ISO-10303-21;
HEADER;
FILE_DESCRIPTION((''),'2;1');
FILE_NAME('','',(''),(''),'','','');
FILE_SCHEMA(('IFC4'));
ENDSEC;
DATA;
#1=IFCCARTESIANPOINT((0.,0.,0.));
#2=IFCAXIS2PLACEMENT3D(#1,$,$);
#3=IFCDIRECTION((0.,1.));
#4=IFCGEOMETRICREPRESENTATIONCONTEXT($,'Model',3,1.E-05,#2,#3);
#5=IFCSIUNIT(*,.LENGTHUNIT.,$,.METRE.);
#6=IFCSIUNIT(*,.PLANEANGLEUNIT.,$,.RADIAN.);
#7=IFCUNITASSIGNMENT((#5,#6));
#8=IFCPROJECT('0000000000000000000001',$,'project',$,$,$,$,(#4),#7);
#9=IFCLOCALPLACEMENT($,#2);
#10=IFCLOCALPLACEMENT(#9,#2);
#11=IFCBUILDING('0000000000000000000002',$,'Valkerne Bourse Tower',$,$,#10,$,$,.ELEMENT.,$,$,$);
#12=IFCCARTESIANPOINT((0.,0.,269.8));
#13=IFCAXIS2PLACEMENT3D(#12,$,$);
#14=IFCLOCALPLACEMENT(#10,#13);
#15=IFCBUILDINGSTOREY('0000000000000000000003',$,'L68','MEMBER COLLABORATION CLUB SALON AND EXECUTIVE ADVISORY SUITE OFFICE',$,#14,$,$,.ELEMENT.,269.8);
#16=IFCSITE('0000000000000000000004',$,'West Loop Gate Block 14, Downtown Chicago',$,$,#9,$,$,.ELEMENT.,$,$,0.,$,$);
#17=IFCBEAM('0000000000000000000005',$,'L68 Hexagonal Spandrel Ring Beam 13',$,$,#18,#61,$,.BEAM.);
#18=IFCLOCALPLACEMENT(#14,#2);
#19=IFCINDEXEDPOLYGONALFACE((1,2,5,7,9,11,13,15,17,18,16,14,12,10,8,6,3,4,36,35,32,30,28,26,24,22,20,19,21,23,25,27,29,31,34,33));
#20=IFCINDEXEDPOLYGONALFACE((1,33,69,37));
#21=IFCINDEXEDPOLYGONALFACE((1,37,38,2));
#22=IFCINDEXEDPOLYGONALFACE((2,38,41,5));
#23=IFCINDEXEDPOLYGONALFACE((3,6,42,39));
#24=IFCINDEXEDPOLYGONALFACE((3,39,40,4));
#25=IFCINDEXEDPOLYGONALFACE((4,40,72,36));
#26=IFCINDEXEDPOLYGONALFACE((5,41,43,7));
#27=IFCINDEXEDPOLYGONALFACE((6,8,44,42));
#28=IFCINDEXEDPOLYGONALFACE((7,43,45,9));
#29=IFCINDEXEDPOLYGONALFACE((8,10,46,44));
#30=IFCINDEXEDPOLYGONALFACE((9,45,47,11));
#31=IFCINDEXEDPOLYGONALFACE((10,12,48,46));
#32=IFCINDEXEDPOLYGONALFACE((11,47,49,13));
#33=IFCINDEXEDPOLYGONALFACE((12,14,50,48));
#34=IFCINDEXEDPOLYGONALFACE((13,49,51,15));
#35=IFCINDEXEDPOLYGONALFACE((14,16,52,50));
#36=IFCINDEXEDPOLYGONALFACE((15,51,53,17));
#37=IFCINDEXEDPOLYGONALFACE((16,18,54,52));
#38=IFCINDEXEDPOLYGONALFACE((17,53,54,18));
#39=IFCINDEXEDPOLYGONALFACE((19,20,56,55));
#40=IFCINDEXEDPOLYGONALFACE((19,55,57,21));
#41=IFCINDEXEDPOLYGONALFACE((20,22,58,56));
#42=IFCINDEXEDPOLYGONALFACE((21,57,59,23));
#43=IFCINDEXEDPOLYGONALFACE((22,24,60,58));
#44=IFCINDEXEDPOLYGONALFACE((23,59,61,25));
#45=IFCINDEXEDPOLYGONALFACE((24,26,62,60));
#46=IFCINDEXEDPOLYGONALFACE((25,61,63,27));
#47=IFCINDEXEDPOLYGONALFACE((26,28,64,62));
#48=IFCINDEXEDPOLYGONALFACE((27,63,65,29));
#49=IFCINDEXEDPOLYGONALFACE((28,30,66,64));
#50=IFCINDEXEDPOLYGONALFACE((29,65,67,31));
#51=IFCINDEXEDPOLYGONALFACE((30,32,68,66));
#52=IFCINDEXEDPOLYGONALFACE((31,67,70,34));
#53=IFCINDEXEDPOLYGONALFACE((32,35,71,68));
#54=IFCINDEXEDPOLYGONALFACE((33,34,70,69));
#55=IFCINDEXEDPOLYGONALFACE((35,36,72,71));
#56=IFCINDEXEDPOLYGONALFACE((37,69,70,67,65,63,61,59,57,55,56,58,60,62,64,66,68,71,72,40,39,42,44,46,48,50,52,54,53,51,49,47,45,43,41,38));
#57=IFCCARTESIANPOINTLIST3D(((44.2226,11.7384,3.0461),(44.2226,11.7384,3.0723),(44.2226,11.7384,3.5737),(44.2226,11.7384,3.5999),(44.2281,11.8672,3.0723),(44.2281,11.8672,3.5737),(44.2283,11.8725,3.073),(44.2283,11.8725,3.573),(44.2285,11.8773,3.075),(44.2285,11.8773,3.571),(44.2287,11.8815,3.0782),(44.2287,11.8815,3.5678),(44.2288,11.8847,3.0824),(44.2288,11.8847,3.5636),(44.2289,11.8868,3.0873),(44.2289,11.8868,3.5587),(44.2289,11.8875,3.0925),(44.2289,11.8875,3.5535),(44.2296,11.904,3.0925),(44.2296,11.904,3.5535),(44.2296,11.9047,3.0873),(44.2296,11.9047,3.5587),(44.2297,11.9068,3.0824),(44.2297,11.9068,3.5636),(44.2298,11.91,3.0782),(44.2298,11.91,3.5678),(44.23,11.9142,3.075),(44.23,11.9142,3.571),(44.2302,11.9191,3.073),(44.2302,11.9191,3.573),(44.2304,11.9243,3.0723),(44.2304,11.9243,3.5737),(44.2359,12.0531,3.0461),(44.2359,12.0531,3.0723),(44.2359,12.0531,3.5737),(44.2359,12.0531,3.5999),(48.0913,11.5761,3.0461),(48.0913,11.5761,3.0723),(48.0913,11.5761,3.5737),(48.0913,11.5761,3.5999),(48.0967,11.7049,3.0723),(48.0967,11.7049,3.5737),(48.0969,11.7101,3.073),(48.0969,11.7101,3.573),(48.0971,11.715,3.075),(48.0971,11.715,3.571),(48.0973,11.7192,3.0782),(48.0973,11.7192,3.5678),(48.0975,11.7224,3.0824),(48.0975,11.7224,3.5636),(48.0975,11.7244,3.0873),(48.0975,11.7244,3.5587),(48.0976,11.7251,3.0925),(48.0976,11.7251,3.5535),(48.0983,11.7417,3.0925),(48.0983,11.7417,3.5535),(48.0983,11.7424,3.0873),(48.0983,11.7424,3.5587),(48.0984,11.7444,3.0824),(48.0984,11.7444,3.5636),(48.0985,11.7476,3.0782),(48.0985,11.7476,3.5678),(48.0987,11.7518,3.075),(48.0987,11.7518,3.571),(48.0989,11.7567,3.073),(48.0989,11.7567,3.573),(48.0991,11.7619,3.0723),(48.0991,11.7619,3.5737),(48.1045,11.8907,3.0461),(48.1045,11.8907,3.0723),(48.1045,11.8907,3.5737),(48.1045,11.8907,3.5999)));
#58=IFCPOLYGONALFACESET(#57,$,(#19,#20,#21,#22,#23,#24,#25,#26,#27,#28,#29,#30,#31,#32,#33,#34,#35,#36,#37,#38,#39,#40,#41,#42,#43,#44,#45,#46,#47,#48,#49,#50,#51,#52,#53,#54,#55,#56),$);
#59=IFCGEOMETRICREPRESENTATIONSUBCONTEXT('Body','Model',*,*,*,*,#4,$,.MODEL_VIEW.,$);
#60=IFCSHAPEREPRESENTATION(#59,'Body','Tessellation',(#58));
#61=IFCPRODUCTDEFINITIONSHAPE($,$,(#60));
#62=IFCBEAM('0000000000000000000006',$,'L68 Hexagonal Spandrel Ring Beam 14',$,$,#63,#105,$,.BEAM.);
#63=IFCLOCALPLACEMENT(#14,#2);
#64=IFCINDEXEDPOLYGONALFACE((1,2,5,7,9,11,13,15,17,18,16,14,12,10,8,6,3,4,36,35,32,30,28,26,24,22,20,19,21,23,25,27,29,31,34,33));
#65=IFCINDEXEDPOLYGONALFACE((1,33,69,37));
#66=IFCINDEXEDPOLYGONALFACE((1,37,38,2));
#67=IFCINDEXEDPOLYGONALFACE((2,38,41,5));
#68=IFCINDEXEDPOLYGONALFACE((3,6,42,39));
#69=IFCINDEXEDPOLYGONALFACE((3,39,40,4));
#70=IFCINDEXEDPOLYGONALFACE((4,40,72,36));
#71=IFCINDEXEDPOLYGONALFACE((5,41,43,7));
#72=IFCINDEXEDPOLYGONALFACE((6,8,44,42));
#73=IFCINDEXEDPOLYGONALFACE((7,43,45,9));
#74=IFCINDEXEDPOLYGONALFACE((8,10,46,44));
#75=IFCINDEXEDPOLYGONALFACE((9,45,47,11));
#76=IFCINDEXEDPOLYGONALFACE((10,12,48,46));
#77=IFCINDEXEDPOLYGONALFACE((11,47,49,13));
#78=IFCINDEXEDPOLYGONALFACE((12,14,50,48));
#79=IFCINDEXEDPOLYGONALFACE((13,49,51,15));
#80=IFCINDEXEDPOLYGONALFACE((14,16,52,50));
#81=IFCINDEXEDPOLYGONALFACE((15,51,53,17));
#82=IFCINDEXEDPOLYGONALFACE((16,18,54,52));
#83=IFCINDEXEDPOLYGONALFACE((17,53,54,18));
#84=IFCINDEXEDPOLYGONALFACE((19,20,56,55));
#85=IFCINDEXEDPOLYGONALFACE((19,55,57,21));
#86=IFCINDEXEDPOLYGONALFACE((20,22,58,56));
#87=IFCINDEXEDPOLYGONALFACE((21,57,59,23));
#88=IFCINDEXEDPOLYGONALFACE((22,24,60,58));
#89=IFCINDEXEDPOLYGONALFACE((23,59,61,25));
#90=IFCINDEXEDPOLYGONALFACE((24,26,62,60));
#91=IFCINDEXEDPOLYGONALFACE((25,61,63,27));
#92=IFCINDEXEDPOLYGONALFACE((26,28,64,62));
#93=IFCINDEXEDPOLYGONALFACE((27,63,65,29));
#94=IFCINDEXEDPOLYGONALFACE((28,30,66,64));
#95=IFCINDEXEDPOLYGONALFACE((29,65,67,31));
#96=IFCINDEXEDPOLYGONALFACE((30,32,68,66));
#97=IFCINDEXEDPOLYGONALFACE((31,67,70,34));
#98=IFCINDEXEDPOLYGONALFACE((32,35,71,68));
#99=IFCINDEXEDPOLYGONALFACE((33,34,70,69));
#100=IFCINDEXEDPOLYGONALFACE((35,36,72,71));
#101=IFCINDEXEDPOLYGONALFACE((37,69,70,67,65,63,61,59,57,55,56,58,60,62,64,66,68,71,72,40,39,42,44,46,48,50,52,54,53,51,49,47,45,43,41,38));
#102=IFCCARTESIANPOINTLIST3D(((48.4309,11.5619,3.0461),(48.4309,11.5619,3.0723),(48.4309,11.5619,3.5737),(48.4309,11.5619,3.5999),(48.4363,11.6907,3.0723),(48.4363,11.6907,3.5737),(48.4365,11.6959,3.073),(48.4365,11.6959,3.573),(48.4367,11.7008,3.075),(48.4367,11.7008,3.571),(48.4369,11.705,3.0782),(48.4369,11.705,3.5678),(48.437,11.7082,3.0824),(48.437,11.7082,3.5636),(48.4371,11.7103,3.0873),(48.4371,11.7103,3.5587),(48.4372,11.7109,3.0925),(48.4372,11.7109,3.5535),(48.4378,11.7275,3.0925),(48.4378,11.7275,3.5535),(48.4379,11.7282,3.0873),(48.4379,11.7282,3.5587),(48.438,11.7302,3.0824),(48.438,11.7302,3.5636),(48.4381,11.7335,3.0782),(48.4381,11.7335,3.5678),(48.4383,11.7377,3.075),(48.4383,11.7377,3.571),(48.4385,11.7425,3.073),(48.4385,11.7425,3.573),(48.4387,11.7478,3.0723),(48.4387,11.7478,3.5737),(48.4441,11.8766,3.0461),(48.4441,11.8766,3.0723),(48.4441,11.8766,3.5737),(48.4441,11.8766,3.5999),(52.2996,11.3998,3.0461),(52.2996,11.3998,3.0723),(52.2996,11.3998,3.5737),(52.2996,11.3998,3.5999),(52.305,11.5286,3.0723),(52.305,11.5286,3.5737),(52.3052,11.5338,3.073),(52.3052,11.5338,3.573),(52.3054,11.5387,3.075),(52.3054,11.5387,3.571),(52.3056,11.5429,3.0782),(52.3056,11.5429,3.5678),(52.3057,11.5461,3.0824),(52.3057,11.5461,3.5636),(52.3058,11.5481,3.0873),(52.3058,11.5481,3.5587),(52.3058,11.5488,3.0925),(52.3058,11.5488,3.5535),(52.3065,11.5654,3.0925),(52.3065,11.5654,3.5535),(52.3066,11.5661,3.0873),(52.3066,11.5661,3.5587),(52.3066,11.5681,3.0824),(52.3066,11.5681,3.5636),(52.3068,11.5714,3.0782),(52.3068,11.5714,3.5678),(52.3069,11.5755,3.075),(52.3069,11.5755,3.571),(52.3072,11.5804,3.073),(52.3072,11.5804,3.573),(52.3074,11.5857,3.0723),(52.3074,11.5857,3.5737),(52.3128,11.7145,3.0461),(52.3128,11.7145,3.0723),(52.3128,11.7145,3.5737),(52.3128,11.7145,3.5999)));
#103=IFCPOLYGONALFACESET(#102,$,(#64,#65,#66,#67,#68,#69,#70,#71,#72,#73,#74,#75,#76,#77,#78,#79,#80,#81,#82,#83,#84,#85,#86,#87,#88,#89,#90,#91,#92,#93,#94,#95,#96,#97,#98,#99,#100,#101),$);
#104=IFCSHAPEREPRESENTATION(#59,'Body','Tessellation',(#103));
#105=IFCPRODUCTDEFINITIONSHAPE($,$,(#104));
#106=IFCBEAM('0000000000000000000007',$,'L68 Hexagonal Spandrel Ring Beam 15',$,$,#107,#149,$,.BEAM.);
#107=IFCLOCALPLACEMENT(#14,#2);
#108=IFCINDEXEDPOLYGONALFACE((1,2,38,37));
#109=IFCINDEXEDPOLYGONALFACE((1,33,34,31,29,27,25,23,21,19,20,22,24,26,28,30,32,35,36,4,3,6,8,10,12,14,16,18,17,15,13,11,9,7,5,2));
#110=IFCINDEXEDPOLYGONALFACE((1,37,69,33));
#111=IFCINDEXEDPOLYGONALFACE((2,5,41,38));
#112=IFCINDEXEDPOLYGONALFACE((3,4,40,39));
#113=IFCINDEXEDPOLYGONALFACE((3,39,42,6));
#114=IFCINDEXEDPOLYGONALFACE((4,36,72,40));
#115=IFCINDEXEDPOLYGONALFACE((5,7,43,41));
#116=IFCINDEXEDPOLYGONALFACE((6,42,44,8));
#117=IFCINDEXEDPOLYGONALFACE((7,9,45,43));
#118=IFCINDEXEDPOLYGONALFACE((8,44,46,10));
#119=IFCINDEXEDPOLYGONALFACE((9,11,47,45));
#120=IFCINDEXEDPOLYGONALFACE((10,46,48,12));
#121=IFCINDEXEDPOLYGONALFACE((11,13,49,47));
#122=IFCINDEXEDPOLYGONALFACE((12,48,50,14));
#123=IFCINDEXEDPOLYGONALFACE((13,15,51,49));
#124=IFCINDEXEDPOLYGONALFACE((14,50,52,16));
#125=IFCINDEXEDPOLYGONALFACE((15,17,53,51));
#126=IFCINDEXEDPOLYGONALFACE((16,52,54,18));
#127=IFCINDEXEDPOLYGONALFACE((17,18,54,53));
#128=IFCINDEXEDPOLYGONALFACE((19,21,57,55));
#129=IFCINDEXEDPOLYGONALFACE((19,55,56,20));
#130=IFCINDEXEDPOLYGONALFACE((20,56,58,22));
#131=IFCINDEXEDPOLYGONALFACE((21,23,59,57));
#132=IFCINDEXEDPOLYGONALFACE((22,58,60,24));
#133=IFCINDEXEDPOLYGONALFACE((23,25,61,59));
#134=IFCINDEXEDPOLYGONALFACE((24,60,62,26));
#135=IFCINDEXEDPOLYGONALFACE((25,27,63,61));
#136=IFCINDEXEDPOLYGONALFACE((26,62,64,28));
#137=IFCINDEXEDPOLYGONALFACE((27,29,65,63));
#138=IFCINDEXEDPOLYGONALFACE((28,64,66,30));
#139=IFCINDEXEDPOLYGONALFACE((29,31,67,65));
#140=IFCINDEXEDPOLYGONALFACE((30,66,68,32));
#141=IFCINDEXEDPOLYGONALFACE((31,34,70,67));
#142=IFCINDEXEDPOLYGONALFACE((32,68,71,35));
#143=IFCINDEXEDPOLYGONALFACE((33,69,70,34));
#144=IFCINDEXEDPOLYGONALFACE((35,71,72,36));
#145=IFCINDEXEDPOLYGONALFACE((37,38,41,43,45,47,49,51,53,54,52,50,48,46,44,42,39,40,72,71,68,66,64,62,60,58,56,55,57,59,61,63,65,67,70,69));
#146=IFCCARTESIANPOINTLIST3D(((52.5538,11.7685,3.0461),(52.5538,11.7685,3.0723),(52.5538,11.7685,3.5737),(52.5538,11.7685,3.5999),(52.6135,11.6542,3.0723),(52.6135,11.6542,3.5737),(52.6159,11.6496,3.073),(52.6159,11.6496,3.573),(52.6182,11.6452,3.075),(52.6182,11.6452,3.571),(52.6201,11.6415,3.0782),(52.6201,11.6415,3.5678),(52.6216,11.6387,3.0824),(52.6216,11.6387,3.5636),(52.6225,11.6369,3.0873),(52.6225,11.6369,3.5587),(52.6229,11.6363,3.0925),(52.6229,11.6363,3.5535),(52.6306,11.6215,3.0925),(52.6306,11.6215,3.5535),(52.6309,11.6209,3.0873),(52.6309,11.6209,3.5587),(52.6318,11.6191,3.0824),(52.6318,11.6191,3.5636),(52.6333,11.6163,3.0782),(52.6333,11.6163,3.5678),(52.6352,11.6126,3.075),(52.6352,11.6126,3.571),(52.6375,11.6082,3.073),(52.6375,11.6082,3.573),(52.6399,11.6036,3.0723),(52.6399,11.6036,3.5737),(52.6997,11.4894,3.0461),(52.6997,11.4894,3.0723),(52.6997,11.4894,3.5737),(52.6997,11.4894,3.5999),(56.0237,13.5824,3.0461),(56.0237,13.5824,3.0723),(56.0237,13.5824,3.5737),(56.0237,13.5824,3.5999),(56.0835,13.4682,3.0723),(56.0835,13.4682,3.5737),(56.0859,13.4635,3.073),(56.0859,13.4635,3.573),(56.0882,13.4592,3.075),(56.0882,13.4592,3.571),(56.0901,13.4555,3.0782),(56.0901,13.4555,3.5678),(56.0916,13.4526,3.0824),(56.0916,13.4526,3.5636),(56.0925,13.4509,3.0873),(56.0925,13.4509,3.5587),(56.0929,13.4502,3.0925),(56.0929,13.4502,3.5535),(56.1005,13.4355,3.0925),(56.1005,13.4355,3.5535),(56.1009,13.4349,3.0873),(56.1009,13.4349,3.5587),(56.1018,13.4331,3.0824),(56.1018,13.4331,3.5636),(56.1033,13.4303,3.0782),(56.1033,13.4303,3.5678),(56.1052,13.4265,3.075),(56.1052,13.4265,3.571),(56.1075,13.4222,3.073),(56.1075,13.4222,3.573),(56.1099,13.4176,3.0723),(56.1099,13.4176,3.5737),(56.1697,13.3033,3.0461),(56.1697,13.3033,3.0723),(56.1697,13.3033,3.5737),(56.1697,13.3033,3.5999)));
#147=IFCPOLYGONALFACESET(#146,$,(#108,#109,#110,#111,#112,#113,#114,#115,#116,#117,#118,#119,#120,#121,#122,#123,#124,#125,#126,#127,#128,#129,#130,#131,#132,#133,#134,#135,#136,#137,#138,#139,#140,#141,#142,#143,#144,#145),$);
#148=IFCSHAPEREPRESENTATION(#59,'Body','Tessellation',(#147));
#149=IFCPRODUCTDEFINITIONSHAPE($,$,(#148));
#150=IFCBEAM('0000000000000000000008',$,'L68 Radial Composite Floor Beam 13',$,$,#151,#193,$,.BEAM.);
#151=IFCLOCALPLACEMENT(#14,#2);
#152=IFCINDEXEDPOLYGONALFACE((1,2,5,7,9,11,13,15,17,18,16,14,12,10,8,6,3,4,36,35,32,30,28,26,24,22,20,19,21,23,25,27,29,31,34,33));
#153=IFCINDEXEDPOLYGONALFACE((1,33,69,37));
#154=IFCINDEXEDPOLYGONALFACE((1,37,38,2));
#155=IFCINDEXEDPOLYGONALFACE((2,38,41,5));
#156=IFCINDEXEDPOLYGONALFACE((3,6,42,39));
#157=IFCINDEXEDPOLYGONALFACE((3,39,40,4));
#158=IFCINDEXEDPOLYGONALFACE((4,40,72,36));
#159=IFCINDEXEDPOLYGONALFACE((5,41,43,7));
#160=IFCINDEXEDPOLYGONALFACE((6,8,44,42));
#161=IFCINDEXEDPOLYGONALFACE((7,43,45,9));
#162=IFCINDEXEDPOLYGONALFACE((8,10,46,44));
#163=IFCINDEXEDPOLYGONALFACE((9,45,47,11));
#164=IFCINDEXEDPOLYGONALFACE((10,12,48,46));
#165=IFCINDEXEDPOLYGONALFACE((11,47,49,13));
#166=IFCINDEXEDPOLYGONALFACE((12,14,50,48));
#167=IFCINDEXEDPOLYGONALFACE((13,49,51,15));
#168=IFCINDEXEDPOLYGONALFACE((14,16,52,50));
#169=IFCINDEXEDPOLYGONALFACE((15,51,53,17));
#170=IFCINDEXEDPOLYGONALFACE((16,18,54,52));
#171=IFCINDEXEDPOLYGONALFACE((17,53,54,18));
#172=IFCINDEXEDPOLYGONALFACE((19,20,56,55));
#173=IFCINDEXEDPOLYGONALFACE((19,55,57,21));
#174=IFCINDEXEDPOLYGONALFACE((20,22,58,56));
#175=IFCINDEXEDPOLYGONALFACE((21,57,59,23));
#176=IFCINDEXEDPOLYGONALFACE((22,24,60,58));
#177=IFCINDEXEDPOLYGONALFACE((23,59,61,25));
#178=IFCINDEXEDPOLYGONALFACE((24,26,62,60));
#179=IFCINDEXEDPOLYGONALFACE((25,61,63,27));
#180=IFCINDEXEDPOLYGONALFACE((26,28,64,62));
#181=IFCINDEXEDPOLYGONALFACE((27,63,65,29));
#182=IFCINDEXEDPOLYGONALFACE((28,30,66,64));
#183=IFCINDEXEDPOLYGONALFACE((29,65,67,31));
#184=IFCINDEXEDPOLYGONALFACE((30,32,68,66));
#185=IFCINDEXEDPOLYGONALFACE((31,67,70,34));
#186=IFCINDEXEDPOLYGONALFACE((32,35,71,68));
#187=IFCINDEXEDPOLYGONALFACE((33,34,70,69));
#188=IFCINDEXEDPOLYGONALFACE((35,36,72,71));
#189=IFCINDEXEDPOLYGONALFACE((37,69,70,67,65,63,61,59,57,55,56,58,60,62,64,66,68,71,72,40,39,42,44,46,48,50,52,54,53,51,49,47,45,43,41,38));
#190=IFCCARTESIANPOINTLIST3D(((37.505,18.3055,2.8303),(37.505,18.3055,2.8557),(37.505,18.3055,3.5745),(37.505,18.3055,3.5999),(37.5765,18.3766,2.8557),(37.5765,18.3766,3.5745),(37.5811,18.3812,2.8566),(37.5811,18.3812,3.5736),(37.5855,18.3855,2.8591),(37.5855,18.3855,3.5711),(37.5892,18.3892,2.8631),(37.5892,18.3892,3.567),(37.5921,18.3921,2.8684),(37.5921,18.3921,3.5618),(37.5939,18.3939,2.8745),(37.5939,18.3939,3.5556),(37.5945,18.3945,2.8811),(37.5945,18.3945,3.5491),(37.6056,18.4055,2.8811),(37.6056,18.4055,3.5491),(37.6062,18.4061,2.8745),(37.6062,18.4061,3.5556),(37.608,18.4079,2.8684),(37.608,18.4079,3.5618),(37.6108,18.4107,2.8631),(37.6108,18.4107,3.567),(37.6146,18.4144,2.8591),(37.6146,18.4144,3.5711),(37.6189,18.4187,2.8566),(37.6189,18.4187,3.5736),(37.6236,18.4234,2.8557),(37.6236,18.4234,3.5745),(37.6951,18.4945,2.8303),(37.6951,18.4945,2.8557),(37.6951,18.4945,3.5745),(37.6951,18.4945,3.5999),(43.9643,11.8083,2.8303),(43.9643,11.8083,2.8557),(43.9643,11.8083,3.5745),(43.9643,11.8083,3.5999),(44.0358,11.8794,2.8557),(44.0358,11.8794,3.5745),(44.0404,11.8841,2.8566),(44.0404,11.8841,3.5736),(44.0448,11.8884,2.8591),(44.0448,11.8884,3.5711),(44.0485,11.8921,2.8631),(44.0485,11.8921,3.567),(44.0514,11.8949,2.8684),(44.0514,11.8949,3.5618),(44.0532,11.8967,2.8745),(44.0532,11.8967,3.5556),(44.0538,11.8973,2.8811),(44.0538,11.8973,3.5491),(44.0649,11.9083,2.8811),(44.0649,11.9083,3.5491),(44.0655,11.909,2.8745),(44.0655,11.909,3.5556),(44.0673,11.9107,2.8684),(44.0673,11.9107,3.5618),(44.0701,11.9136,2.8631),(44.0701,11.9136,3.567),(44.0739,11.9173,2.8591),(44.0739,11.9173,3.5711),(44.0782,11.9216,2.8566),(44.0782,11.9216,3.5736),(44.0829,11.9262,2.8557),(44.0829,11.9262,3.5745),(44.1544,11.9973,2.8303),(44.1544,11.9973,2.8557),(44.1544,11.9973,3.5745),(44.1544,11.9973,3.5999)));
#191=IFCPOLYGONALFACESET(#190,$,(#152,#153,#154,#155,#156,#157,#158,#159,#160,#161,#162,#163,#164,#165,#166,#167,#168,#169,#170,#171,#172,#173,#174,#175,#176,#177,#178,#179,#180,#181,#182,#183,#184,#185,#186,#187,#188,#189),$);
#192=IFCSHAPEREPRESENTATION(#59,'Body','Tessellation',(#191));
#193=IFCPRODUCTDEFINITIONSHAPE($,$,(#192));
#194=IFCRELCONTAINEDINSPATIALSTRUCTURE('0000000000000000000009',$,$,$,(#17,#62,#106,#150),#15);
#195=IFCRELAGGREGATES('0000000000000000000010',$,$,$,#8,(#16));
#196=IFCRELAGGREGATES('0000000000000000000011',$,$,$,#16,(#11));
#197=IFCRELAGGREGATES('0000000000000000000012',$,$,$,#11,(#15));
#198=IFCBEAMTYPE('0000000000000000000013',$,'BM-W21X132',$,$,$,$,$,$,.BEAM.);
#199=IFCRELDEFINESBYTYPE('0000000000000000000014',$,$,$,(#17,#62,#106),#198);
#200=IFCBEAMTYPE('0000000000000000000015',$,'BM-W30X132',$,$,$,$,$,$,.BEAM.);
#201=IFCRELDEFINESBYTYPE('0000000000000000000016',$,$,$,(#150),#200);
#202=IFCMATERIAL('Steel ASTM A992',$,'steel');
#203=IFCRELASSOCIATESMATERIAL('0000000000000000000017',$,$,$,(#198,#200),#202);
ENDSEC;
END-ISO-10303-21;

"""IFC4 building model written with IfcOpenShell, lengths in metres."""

from ifc_helpers import new_model, si_unit, direction, frame, origin, origin_2d, place, context, subcontext, project, spatial, i_section, extrude, material, material_profile, profile_set, type_object, element, save


model = new_model("IFC4")

# Units and contexts
model_context = context("Model", 3, precision=1e-05, world=origin(), true_north=direction((0.0, 1.0)))
body_context = subcontext(model_context, "Body", "Model", "MODEL_VIEW")
ifc_project = project(units=[si_unit("LENGTHUNIT", "METRE"), si_unit("PLANEANGLEUNIT", "RADIAN")], contexts=[model_context])

# Site, building, storey
site_placement = place(None, origin())
site = spatial("IfcSite", under=ifc_project, at=site_placement, Name="West Loop Gate Block 14, Downtown Chicago", CompositionType="ELEMENT", RefElevation=0.0)
building_placement = place(site_placement, origin())
building = spatial("IfcBuilding", under=site, at=building_placement, Name="Valkerne Bourse Tower", CompositionType="ELEMENT")
storey_placement = place(building_placement, frame((0.0, 0.0, 269.8)))
storey = spatial("IfcBuildingStorey", under=building, at=storey_placement, Name="L68", Description="MEMBER COLLABORATION CLUB SALON AND EXECUTIVE ADVISORY SUITE OFFICE", CompositionType="ELEMENT", Elevation=269.8)

# Beams
ifc_material_1 = material(Name="Steel ASTM A992", Category="steel")
ifc_material_profile_1 = material_profile(ifc_material_1, i_section(OverallWidth=0.3149, OverallDepth=0.5537, WebThickness=0.0166, FlangeThickness=0.0261, FilletRadius=0.0203, at=origin_2d()), Name="W21X132")
ifc_profile_set_1 = profile_set([ifc_material_profile_1], Name="Steel ASTM A992")
beam_type_1 = type_object("IfcBeamType", Name="BM-W21X132", PredefinedType="BEAM", material=ifc_profile_set_1)
for number, where, z_axis, x_axis, name in (
    (1, (44.2292, 11.8958, 3.323), (0.999121, -0.04193, 0.0), (0.04193, 0.999121, 0.0), "L68 Hexagonal Spandrel Ring Beam 13"),
    (2, (48.4375, 11.7192, 3.323), (0.999123, -0.041867, 0.0), (0.041867, 0.999123, 0.0), "L68 Hexagonal Spandrel Ring Beam 14"),
):
    element("IfcBeam", number, at=place(storey_placement, frame(where, z_axis=z_axis, x_axis=x_axis)), inside=storey, type_object=beam_type_1, Name=name, PredefinedType="BEAM", context=body_context, shape_type="SweptSolid", body=[
        extrude(i_section(OverallWidth=0.3149, OverallDepth=0.5537, WebThickness=0.0166, FlangeThickness=0.0261, FilletRadius=0.0203, at=origin_2d()), origin(), (0.0, 0.0, 1.0), 3.8721),
    ])
beam_1_placement = place(storey_placement, frame((52.6267, 11.6289, 3.323), z_axis=(0.886213, 0.463278, 0.0), x_axis=(-0.463278, 0.886213, 0.0)))
element("IfcBeam", 3, at=beam_1_placement, inside=storey, type_object=beam_type_1, Name="L68 Hexagonal Spandrel Ring Beam 15", PredefinedType="BEAM", context=body_context, shape_type="SweptSolid", body=[
    extrude(i_section(OverallWidth=0.3149, OverallDepth=0.5537, WebThickness=0.0166, FlangeThickness=0.0261, FilletRadius=0.0203, at=origin_2d()), origin(), (0.0, 0.0, 1.0), 3.9155),
])
ifc_material_profile_2 = material_profile(ifc_material_1, i_section(OverallWidth=0.2681, OverallDepth=0.7695, WebThickness=0.0156, FlangeThickness=0.0254, FilletRadius=0.0254, at=origin_2d()), Name="W30X132")
ifc_profile_set_2 = profile_set([ifc_material_profile_2], Name="Steel ASTM A992")
beam_type_2 = type_object("IfcBeamType", Name="BM-W30X132", PredefinedType="BEAM", material=ifc_profile_set_2)
beam_2_placement = place(storey_placement, frame((44.0593, 11.9028, 3.2151), z_axis=(-0.705039, 0.709169, 0.0), x_axis=(-0.709169, -0.705039, 0.0)))
element("IfcBeam", 4, at=beam_2_placement, inside=storey, type_object=beam_type_2, Name="L68 Radial Composite Floor Beam 13", PredefinedType="BEAM", context=body_context, shape_type="SweptSolid", body=[
    extrude(i_section(OverallWidth=0.2681, OverallDepth=0.7695, WebThickness=0.0156, FlangeThickness=0.0254, FilletRadius=0.0254, at=origin_2d()), origin(), (0.0, 0.0, 1.0), 9.1616),
])

save(model, "model.ifc")
